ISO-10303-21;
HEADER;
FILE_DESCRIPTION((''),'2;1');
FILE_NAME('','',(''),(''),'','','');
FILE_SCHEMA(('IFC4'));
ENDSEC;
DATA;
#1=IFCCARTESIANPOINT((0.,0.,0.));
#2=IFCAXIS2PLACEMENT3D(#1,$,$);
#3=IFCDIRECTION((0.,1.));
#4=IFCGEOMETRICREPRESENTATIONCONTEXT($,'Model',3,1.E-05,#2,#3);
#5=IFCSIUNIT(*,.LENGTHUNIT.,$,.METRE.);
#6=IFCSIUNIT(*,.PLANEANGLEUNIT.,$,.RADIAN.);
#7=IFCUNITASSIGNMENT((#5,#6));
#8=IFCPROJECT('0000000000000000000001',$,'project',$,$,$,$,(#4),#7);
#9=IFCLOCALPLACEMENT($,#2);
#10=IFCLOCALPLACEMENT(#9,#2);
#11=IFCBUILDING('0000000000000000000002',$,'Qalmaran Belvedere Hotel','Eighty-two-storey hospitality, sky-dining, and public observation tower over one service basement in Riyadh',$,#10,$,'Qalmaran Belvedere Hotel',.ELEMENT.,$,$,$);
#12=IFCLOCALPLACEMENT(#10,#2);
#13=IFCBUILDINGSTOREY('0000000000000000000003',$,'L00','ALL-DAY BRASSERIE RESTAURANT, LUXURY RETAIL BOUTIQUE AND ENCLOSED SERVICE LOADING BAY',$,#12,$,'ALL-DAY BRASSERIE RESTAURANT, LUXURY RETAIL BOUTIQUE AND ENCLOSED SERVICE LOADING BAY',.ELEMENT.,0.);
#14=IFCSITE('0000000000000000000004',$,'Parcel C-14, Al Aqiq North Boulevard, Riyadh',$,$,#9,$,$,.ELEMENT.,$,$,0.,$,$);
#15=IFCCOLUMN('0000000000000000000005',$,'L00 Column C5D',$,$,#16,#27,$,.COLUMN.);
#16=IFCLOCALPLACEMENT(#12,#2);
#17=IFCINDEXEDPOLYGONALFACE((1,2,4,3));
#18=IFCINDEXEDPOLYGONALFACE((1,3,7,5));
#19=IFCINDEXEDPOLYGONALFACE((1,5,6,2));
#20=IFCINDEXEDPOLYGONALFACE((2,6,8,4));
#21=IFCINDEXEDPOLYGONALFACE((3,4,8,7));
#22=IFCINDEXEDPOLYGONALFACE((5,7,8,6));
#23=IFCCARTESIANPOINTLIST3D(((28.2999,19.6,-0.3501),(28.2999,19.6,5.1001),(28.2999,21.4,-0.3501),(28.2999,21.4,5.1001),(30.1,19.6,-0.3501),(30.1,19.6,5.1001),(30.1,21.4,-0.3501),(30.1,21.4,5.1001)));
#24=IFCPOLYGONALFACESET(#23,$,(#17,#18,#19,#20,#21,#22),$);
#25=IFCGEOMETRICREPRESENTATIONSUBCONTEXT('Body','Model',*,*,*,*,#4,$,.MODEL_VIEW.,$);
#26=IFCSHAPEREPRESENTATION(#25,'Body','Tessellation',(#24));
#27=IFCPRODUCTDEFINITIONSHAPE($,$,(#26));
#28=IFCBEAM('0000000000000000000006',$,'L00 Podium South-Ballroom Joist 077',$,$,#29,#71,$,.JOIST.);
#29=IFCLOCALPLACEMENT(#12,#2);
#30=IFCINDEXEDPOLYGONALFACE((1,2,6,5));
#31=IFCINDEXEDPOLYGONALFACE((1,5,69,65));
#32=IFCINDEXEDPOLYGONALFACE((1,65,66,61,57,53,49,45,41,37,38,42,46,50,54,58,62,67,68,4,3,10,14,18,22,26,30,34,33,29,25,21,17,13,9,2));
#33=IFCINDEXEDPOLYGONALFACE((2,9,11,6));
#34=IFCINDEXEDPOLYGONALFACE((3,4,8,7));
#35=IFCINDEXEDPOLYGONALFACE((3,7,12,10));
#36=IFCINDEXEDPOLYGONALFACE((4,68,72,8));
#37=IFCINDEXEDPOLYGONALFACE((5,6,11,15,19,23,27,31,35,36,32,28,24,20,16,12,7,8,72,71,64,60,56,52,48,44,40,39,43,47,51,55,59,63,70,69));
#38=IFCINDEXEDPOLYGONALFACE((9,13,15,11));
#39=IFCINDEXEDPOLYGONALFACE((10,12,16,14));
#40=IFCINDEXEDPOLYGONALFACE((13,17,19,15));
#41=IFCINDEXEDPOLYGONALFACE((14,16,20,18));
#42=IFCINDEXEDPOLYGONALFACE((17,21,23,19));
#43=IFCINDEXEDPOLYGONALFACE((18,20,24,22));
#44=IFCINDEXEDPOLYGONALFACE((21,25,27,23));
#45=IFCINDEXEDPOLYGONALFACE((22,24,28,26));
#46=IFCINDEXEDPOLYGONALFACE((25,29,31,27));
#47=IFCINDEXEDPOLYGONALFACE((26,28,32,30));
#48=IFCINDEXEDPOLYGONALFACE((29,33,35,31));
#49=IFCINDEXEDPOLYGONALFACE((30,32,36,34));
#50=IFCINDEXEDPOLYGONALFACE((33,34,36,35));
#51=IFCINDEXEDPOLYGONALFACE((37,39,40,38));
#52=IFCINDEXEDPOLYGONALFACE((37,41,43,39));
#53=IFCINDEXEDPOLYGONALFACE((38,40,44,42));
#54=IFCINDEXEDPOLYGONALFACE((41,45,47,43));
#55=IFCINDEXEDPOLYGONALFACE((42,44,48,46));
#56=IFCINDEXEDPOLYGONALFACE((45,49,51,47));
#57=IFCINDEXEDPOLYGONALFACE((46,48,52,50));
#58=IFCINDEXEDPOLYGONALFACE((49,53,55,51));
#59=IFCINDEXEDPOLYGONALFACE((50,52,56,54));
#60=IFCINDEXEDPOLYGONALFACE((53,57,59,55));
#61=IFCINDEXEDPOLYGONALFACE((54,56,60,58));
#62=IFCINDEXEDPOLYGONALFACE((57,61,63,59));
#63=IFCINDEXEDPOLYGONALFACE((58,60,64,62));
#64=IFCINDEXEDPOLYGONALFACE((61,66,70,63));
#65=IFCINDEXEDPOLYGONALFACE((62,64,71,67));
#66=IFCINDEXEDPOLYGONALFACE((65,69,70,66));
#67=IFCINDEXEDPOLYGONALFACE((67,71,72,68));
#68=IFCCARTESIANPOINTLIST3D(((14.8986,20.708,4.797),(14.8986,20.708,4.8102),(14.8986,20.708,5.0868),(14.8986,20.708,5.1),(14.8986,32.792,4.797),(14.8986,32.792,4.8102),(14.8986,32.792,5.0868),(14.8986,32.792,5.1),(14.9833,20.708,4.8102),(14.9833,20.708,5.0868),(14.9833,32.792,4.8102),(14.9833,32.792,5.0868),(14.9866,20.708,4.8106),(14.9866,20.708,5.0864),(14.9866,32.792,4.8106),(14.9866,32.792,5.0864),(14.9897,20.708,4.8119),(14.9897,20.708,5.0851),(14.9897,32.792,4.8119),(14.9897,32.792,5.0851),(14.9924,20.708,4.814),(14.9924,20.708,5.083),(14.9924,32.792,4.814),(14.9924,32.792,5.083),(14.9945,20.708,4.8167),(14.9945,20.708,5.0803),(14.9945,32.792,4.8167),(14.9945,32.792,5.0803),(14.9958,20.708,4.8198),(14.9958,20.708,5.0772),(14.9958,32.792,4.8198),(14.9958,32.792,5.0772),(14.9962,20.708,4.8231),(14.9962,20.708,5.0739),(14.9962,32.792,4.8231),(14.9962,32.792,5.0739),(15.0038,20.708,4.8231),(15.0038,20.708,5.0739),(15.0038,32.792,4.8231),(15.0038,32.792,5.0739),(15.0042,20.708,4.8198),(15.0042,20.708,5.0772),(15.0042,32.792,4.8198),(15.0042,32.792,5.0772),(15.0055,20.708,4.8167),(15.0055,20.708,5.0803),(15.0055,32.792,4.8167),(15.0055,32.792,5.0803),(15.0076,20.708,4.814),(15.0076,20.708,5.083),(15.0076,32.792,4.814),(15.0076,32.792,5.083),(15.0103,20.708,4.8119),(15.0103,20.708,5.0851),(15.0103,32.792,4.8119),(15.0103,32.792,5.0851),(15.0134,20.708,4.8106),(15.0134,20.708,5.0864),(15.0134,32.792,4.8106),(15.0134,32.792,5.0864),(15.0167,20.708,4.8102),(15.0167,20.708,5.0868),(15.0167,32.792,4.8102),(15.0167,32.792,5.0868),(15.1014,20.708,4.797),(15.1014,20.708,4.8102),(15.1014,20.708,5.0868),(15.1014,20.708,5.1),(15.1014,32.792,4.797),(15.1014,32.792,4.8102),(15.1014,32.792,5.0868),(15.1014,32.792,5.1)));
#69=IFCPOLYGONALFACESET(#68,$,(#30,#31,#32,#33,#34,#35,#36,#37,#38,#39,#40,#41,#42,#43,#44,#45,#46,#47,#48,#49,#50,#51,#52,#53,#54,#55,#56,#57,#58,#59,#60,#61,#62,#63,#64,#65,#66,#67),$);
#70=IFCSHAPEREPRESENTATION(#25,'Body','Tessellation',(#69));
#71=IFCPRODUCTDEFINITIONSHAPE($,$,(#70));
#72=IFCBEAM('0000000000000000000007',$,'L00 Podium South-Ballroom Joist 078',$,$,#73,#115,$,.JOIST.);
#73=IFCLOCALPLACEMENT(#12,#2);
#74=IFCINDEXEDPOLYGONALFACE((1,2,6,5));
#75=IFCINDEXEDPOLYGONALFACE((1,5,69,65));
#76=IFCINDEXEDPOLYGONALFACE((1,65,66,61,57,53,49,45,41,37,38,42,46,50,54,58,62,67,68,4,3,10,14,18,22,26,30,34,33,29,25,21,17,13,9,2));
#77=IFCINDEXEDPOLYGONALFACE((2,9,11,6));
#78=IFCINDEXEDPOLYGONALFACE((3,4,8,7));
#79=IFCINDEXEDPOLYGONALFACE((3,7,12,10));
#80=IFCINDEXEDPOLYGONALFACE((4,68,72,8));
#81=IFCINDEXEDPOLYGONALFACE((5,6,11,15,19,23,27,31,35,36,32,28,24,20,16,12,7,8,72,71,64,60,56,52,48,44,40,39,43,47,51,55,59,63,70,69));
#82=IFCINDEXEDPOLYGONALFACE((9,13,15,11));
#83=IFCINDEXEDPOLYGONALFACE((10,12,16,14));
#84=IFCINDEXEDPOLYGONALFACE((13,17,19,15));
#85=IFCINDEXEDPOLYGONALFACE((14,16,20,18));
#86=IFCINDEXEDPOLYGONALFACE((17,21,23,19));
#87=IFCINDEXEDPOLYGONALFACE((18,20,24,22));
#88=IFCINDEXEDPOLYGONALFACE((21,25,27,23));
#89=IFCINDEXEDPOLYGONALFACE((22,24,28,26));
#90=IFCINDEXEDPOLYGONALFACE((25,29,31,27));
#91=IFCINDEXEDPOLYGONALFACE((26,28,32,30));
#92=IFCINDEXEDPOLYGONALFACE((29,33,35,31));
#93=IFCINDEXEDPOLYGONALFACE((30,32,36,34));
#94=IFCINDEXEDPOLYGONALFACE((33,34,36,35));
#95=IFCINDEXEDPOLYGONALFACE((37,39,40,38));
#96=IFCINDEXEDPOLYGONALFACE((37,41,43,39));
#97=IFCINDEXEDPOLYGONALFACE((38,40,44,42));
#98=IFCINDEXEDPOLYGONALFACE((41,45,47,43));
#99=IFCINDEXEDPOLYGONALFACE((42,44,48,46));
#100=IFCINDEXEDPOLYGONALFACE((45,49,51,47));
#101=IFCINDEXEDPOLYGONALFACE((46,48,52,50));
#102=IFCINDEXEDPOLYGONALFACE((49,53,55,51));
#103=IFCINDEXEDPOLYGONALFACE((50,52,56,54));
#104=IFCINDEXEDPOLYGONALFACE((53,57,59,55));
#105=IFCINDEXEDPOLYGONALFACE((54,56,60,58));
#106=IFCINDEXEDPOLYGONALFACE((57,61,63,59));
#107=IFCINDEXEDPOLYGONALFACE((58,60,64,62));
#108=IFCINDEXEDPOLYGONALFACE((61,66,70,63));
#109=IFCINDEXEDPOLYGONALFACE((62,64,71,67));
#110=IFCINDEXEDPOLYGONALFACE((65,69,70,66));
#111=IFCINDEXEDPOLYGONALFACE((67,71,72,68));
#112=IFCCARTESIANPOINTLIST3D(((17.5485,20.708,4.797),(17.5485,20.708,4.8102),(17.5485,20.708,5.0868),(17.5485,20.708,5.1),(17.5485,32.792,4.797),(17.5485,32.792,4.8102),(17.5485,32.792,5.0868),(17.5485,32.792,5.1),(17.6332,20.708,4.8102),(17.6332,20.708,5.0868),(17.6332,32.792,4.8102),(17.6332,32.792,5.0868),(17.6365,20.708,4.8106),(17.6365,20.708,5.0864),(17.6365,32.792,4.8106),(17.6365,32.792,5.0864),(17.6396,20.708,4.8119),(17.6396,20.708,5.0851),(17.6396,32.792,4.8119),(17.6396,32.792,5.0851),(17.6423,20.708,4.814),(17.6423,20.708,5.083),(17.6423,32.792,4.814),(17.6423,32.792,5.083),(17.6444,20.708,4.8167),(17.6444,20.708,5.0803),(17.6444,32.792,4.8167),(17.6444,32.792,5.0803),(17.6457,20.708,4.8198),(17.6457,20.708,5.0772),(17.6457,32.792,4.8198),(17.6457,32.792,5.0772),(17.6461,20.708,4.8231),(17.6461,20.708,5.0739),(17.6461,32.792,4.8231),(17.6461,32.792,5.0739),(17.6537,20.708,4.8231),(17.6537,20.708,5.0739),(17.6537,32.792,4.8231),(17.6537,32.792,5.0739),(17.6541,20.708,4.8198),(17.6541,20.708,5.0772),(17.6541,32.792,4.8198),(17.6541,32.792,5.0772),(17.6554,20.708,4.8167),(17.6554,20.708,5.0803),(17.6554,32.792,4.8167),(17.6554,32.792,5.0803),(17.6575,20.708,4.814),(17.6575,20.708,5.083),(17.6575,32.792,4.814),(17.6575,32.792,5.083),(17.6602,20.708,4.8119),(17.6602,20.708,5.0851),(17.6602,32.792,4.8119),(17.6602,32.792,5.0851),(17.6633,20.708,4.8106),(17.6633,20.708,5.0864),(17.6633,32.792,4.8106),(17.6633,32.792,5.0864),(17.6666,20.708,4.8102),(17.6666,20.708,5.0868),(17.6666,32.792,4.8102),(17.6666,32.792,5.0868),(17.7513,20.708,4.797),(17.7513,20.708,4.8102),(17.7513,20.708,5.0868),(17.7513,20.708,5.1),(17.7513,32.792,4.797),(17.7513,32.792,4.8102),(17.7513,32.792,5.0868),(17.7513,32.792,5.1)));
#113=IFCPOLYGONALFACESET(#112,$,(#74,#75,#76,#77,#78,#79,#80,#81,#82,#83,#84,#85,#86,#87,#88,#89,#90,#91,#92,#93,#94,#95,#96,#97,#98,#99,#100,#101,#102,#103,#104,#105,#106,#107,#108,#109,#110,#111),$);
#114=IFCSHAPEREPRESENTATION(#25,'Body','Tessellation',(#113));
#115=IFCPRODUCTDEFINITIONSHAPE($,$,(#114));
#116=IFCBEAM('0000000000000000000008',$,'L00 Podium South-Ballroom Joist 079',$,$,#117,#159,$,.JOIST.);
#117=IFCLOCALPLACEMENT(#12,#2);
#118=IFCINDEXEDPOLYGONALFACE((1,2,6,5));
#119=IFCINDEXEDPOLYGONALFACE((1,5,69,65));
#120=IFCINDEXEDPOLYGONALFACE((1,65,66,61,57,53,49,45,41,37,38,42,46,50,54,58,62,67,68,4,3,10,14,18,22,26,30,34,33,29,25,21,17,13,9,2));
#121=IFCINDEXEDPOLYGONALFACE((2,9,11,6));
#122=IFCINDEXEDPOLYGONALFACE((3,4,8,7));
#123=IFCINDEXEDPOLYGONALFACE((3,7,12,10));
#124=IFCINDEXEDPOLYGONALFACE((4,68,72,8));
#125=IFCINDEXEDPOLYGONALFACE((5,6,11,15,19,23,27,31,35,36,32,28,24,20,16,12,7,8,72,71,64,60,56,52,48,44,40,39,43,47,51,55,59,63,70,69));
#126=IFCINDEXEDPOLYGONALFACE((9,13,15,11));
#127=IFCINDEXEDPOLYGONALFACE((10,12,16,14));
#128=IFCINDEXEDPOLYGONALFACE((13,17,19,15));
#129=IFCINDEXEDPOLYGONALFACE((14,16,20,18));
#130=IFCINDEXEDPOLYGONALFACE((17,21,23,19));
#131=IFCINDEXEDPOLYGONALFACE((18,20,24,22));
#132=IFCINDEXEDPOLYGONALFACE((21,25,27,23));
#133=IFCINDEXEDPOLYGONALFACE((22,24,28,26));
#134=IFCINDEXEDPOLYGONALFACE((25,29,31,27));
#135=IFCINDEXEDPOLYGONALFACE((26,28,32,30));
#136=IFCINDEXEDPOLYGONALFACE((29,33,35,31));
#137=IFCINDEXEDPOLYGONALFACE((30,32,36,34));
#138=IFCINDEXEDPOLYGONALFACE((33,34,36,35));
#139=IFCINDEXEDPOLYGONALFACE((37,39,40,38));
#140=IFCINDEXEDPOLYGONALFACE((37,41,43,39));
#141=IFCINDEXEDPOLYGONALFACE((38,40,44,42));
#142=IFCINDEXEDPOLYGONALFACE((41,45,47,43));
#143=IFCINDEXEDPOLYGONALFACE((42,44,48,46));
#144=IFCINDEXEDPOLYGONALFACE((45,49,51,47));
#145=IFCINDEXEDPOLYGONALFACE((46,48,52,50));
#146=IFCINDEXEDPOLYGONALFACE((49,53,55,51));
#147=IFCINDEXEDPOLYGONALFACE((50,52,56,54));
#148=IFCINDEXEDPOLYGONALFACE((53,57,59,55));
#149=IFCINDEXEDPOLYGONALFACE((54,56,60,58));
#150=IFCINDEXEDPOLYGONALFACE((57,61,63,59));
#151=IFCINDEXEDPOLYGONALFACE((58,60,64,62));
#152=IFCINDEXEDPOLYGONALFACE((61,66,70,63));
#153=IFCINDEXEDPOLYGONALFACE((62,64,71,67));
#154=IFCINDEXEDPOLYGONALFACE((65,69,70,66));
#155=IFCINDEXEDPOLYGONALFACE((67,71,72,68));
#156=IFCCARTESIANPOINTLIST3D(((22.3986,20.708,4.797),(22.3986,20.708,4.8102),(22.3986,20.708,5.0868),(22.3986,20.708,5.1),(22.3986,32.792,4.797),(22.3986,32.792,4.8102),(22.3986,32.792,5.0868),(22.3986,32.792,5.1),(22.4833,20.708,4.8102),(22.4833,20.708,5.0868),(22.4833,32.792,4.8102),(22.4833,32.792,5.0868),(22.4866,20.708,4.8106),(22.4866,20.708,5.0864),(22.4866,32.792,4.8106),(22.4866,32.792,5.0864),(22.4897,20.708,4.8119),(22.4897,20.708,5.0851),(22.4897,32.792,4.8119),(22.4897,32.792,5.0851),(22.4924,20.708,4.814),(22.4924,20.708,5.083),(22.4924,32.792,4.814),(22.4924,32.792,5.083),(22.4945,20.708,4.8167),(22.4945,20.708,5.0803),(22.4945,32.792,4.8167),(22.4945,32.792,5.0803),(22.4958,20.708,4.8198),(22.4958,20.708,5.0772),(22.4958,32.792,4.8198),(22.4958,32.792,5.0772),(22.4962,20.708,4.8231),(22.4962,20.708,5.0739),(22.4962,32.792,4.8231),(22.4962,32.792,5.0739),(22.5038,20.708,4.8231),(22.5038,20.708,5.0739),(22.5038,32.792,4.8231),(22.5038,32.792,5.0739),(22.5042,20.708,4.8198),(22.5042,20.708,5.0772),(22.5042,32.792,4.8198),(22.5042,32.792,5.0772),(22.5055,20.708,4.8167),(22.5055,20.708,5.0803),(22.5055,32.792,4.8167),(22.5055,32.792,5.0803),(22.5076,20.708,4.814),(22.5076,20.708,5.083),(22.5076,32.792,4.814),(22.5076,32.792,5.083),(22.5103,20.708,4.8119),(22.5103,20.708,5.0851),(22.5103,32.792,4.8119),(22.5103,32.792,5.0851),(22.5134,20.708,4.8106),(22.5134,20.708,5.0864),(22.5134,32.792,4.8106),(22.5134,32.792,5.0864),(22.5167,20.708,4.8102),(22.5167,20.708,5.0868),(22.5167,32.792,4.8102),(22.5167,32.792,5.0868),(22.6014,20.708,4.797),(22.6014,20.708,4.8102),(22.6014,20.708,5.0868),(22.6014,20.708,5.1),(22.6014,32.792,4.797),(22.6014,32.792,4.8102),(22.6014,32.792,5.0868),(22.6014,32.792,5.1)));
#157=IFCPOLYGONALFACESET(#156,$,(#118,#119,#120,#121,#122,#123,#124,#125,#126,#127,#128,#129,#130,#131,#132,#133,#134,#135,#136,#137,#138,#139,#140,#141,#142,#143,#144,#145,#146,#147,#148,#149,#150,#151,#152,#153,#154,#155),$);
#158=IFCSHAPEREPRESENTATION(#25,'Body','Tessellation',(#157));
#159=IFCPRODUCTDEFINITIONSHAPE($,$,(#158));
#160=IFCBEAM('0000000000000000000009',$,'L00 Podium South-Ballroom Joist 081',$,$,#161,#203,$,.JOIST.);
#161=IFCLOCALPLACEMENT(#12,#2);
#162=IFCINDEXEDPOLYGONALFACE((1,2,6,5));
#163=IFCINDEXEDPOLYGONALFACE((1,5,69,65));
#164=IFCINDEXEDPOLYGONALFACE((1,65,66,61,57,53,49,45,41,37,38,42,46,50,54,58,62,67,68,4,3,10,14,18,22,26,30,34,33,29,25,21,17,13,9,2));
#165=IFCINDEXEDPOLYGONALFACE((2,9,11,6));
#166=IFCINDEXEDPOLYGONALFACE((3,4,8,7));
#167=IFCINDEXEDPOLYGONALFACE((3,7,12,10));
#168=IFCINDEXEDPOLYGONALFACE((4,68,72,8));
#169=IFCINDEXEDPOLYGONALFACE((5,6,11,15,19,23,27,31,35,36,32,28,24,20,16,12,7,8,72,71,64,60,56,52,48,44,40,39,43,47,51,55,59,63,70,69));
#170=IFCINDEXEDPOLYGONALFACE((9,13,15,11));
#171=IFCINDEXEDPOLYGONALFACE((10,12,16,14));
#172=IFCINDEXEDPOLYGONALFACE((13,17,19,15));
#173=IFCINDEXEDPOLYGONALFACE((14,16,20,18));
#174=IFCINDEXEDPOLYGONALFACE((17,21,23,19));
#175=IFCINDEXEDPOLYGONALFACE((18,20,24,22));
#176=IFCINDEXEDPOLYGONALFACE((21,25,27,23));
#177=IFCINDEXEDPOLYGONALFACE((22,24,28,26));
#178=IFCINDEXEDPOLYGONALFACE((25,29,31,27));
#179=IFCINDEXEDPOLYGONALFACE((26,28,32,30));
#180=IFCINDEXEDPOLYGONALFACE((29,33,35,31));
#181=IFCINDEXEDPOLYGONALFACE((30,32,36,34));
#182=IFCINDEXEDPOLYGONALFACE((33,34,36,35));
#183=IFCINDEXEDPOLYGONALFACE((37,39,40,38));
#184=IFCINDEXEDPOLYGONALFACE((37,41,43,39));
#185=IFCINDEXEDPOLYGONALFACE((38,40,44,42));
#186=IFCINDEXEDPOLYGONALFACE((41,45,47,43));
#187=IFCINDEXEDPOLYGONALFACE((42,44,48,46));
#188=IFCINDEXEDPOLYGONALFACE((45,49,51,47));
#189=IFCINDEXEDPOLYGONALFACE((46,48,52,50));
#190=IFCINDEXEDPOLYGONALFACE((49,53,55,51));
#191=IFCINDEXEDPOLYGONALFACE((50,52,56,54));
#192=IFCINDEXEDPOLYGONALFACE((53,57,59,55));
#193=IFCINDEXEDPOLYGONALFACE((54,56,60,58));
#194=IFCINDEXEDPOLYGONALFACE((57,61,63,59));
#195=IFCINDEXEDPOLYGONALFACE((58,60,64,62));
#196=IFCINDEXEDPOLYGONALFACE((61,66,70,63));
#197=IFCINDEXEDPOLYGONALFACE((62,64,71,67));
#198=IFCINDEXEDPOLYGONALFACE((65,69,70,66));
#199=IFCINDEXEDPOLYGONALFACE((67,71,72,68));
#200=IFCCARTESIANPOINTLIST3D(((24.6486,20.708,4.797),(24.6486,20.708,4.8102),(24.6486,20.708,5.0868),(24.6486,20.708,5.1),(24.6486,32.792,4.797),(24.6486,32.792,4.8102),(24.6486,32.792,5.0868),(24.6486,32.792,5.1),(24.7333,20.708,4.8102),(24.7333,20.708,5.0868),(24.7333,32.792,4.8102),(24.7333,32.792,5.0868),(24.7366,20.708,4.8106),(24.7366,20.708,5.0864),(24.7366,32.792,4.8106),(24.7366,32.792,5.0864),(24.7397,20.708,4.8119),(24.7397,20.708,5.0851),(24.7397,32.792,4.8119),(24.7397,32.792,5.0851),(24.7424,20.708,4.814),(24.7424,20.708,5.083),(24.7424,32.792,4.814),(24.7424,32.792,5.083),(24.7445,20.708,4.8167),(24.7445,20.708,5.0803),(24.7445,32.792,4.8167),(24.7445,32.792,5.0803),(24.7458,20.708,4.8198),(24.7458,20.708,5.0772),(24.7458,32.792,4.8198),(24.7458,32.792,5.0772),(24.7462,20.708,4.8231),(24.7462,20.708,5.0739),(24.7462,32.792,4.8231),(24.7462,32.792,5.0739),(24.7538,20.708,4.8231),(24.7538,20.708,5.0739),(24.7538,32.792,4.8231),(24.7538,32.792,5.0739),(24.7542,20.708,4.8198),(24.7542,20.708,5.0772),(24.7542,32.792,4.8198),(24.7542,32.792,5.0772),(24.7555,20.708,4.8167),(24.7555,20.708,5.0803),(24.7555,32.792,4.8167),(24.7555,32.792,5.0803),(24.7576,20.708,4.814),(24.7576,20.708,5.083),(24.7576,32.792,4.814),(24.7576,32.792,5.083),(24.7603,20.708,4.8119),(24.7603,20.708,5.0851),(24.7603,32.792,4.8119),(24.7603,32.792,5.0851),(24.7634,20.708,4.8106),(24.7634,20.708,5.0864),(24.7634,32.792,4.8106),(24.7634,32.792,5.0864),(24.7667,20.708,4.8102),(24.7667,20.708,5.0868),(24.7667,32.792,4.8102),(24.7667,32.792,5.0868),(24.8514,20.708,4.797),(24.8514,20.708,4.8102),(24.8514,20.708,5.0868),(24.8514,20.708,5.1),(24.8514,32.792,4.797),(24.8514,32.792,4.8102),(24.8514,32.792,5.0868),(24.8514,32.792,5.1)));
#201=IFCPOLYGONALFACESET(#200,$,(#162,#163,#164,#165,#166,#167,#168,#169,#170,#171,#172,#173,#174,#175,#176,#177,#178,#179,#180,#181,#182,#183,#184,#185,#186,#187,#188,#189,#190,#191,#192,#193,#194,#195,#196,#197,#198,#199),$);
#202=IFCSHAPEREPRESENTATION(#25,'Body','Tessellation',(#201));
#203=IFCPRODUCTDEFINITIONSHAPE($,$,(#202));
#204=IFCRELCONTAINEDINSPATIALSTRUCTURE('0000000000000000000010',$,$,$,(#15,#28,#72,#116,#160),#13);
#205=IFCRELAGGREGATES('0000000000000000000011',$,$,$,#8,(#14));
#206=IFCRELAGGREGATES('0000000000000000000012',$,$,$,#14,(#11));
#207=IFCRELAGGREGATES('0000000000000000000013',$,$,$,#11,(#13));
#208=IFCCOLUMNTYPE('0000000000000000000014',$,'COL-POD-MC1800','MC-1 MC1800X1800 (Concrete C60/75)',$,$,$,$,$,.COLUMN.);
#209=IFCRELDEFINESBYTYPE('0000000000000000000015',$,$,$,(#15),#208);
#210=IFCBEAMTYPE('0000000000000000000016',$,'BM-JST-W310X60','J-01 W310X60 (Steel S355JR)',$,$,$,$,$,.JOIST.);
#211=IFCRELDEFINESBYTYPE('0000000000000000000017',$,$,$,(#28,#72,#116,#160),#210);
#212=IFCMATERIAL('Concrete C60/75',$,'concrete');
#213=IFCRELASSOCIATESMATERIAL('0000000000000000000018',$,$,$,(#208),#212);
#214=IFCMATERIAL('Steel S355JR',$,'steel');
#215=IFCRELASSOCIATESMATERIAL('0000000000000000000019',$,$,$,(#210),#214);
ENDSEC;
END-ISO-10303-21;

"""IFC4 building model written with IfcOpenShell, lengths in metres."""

from ifc_helpers import new_model, si_unit, direction, frame, origin, origin_2d, place, context, subcontext, project, spatial, rectangle, i_section, extrude, material, material_profile, profile_set, type_object, element, save


model = new_model("IFC4")

# Units and contexts
model_context = context("Model", 3, precision=1e-05, world=origin(), true_north=direction((0.0, 1.0)))
body_context = subcontext(model_context, "Body", "Model", "MODEL_VIEW")
ifc_project = project(units=[si_unit("LENGTHUNIT", "METRE"), si_unit("PLANEANGLEUNIT", "RADIAN")], contexts=[model_context])

# Site, building, storey
site_placement = place(None, origin())
site = spatial("IfcSite", under=ifc_project, at=site_placement, Name="Parcel C-14, Al Aqiq North Boulevard, Riyadh", CompositionType="ELEMENT", RefElevation=0.0)
building_placement = place(site_placement, origin())
building = spatial("IfcBuilding", under=site, at=building_placement, Name="Qalmaran Belvedere Hotel", Description="Eighty-two-storey hospitality, sky-dining, and public observation tower over one service basement in Riyadh", LongName="Qalmaran Belvedere Hotel", CompositionType="ELEMENT")
storey_placement = place(building_placement, origin())
storey = spatial("IfcBuildingStorey", under=building, at=storey_placement, Name="L00", Description="ALL-DAY BRASSERIE RESTAURANT, LUXURY RETAIL BOUTIQUE AND ENCLOSED SERVICE LOADING BAY", LongName="ALL-DAY BRASSERIE RESTAURANT, LUXURY RETAIL BOUTIQUE AND ENCLOSED SERVICE LOADING BAY", CompositionType="ELEMENT", Elevation=0.0)

# Column
ifc_material_1 = material(Name="Concrete C60/75", Category="concrete")
ifc_material_profile_1 = material_profile(ifc_material_1, rectangle(XDim=1.8, YDim=1.8, at=origin_2d()), Name="MC1800X1800")
ifc_profile_set_1 = profile_set([ifc_material_profile_1], Name="Concrete C60/75")
column_type = type_object("IfcColumnType", Name="COL-POD-MC1800", Description="MC-1 MC1800X1800 (Concrete C60/75)", PredefinedType="COLUMN", material=ifc_profile_set_1)
column_placement = place(storey_placement, frame((29.2, 20.5, -0.3501), z_axis=(0.0, 0.0, 1.0), x_axis=(1.0, 0.0, 0.0)))
element("IfcColumn", 1, at=column_placement, inside=storey, type_object=column_type, Name="L00 Column C5D", PredefinedType="COLUMN", context=body_context, shape_type="SweptSolid", body=[
    extrude(rectangle(XDim=1.8, YDim=1.8, at=origin_2d()), origin(), (0.0, 0.0, 1.0), 5.4502),
])

# Beams
ifc_material_2 = material(Name="Steel S355JR", Category="steel")
ifc_material_profile_2 = material_profile(ifc_material_2, i_section(OverallWidth=0.2029, OverallDepth=0.303, WebThickness=0.0076, FlangeThickness=0.0132, FilletRadius=0.0129, at=origin_2d()), Name="W310X60")
ifc_profile_set_2 = profile_set([ifc_material_profile_2], Name="Steel S355JR")
beam_type_1 = type_object("IfcBeamType", Name="BM-JST-W310X60", Description="J-01 W310X60 (Steel S355JR)", PredefinedType="JOIST", material=ifc_profile_set_2)
for number, where, z_axis, x_axis, name in (
    (2, (15.0, 20.708, 4.9485), (0.0, 1.0, 0.0), (-1.0, 0.0, 0.0), "L00 Podium South-Ballroom Joist 077"),
    (3, (17.6499, 20.708, 4.9485), (0.0, 1.0, 0.0), (-1.0, 0.0, 0.0), "L00 Podium South-Ballroom Joist 078"),
    (4, (22.5, 20.708, 4.9485), (0.0, 1.0, 0.0), (-1.0, 0.0, 0.0), "L00 Podium South-Ballroom Joist 079"),
    (5, (24.75, 20.708, 4.9485), (0.0, 1.0, 0.0), (-1.0, 0.0, 0.0), "L00 Podium South-Ballroom Joist 081"),
):
    element("IfcBeam", number, at=place(storey_placement, frame(where, z_axis=z_axis, x_axis=x_axis)), inside=storey, type_object=beam_type_1, Name=name, PredefinedType="JOIST", context=body_context, shape_type="SweptSolid", body=[
        extrude(i_section(OverallWidth=0.2029, OverallDepth=0.303, WebThickness=0.0076, FlangeThickness=0.0132, FilletRadius=0.0129, at=origin_2d()), origin(), (0.0, 0.0, 1.0), 12.084),
    ])

save(model, "model.ifc")
